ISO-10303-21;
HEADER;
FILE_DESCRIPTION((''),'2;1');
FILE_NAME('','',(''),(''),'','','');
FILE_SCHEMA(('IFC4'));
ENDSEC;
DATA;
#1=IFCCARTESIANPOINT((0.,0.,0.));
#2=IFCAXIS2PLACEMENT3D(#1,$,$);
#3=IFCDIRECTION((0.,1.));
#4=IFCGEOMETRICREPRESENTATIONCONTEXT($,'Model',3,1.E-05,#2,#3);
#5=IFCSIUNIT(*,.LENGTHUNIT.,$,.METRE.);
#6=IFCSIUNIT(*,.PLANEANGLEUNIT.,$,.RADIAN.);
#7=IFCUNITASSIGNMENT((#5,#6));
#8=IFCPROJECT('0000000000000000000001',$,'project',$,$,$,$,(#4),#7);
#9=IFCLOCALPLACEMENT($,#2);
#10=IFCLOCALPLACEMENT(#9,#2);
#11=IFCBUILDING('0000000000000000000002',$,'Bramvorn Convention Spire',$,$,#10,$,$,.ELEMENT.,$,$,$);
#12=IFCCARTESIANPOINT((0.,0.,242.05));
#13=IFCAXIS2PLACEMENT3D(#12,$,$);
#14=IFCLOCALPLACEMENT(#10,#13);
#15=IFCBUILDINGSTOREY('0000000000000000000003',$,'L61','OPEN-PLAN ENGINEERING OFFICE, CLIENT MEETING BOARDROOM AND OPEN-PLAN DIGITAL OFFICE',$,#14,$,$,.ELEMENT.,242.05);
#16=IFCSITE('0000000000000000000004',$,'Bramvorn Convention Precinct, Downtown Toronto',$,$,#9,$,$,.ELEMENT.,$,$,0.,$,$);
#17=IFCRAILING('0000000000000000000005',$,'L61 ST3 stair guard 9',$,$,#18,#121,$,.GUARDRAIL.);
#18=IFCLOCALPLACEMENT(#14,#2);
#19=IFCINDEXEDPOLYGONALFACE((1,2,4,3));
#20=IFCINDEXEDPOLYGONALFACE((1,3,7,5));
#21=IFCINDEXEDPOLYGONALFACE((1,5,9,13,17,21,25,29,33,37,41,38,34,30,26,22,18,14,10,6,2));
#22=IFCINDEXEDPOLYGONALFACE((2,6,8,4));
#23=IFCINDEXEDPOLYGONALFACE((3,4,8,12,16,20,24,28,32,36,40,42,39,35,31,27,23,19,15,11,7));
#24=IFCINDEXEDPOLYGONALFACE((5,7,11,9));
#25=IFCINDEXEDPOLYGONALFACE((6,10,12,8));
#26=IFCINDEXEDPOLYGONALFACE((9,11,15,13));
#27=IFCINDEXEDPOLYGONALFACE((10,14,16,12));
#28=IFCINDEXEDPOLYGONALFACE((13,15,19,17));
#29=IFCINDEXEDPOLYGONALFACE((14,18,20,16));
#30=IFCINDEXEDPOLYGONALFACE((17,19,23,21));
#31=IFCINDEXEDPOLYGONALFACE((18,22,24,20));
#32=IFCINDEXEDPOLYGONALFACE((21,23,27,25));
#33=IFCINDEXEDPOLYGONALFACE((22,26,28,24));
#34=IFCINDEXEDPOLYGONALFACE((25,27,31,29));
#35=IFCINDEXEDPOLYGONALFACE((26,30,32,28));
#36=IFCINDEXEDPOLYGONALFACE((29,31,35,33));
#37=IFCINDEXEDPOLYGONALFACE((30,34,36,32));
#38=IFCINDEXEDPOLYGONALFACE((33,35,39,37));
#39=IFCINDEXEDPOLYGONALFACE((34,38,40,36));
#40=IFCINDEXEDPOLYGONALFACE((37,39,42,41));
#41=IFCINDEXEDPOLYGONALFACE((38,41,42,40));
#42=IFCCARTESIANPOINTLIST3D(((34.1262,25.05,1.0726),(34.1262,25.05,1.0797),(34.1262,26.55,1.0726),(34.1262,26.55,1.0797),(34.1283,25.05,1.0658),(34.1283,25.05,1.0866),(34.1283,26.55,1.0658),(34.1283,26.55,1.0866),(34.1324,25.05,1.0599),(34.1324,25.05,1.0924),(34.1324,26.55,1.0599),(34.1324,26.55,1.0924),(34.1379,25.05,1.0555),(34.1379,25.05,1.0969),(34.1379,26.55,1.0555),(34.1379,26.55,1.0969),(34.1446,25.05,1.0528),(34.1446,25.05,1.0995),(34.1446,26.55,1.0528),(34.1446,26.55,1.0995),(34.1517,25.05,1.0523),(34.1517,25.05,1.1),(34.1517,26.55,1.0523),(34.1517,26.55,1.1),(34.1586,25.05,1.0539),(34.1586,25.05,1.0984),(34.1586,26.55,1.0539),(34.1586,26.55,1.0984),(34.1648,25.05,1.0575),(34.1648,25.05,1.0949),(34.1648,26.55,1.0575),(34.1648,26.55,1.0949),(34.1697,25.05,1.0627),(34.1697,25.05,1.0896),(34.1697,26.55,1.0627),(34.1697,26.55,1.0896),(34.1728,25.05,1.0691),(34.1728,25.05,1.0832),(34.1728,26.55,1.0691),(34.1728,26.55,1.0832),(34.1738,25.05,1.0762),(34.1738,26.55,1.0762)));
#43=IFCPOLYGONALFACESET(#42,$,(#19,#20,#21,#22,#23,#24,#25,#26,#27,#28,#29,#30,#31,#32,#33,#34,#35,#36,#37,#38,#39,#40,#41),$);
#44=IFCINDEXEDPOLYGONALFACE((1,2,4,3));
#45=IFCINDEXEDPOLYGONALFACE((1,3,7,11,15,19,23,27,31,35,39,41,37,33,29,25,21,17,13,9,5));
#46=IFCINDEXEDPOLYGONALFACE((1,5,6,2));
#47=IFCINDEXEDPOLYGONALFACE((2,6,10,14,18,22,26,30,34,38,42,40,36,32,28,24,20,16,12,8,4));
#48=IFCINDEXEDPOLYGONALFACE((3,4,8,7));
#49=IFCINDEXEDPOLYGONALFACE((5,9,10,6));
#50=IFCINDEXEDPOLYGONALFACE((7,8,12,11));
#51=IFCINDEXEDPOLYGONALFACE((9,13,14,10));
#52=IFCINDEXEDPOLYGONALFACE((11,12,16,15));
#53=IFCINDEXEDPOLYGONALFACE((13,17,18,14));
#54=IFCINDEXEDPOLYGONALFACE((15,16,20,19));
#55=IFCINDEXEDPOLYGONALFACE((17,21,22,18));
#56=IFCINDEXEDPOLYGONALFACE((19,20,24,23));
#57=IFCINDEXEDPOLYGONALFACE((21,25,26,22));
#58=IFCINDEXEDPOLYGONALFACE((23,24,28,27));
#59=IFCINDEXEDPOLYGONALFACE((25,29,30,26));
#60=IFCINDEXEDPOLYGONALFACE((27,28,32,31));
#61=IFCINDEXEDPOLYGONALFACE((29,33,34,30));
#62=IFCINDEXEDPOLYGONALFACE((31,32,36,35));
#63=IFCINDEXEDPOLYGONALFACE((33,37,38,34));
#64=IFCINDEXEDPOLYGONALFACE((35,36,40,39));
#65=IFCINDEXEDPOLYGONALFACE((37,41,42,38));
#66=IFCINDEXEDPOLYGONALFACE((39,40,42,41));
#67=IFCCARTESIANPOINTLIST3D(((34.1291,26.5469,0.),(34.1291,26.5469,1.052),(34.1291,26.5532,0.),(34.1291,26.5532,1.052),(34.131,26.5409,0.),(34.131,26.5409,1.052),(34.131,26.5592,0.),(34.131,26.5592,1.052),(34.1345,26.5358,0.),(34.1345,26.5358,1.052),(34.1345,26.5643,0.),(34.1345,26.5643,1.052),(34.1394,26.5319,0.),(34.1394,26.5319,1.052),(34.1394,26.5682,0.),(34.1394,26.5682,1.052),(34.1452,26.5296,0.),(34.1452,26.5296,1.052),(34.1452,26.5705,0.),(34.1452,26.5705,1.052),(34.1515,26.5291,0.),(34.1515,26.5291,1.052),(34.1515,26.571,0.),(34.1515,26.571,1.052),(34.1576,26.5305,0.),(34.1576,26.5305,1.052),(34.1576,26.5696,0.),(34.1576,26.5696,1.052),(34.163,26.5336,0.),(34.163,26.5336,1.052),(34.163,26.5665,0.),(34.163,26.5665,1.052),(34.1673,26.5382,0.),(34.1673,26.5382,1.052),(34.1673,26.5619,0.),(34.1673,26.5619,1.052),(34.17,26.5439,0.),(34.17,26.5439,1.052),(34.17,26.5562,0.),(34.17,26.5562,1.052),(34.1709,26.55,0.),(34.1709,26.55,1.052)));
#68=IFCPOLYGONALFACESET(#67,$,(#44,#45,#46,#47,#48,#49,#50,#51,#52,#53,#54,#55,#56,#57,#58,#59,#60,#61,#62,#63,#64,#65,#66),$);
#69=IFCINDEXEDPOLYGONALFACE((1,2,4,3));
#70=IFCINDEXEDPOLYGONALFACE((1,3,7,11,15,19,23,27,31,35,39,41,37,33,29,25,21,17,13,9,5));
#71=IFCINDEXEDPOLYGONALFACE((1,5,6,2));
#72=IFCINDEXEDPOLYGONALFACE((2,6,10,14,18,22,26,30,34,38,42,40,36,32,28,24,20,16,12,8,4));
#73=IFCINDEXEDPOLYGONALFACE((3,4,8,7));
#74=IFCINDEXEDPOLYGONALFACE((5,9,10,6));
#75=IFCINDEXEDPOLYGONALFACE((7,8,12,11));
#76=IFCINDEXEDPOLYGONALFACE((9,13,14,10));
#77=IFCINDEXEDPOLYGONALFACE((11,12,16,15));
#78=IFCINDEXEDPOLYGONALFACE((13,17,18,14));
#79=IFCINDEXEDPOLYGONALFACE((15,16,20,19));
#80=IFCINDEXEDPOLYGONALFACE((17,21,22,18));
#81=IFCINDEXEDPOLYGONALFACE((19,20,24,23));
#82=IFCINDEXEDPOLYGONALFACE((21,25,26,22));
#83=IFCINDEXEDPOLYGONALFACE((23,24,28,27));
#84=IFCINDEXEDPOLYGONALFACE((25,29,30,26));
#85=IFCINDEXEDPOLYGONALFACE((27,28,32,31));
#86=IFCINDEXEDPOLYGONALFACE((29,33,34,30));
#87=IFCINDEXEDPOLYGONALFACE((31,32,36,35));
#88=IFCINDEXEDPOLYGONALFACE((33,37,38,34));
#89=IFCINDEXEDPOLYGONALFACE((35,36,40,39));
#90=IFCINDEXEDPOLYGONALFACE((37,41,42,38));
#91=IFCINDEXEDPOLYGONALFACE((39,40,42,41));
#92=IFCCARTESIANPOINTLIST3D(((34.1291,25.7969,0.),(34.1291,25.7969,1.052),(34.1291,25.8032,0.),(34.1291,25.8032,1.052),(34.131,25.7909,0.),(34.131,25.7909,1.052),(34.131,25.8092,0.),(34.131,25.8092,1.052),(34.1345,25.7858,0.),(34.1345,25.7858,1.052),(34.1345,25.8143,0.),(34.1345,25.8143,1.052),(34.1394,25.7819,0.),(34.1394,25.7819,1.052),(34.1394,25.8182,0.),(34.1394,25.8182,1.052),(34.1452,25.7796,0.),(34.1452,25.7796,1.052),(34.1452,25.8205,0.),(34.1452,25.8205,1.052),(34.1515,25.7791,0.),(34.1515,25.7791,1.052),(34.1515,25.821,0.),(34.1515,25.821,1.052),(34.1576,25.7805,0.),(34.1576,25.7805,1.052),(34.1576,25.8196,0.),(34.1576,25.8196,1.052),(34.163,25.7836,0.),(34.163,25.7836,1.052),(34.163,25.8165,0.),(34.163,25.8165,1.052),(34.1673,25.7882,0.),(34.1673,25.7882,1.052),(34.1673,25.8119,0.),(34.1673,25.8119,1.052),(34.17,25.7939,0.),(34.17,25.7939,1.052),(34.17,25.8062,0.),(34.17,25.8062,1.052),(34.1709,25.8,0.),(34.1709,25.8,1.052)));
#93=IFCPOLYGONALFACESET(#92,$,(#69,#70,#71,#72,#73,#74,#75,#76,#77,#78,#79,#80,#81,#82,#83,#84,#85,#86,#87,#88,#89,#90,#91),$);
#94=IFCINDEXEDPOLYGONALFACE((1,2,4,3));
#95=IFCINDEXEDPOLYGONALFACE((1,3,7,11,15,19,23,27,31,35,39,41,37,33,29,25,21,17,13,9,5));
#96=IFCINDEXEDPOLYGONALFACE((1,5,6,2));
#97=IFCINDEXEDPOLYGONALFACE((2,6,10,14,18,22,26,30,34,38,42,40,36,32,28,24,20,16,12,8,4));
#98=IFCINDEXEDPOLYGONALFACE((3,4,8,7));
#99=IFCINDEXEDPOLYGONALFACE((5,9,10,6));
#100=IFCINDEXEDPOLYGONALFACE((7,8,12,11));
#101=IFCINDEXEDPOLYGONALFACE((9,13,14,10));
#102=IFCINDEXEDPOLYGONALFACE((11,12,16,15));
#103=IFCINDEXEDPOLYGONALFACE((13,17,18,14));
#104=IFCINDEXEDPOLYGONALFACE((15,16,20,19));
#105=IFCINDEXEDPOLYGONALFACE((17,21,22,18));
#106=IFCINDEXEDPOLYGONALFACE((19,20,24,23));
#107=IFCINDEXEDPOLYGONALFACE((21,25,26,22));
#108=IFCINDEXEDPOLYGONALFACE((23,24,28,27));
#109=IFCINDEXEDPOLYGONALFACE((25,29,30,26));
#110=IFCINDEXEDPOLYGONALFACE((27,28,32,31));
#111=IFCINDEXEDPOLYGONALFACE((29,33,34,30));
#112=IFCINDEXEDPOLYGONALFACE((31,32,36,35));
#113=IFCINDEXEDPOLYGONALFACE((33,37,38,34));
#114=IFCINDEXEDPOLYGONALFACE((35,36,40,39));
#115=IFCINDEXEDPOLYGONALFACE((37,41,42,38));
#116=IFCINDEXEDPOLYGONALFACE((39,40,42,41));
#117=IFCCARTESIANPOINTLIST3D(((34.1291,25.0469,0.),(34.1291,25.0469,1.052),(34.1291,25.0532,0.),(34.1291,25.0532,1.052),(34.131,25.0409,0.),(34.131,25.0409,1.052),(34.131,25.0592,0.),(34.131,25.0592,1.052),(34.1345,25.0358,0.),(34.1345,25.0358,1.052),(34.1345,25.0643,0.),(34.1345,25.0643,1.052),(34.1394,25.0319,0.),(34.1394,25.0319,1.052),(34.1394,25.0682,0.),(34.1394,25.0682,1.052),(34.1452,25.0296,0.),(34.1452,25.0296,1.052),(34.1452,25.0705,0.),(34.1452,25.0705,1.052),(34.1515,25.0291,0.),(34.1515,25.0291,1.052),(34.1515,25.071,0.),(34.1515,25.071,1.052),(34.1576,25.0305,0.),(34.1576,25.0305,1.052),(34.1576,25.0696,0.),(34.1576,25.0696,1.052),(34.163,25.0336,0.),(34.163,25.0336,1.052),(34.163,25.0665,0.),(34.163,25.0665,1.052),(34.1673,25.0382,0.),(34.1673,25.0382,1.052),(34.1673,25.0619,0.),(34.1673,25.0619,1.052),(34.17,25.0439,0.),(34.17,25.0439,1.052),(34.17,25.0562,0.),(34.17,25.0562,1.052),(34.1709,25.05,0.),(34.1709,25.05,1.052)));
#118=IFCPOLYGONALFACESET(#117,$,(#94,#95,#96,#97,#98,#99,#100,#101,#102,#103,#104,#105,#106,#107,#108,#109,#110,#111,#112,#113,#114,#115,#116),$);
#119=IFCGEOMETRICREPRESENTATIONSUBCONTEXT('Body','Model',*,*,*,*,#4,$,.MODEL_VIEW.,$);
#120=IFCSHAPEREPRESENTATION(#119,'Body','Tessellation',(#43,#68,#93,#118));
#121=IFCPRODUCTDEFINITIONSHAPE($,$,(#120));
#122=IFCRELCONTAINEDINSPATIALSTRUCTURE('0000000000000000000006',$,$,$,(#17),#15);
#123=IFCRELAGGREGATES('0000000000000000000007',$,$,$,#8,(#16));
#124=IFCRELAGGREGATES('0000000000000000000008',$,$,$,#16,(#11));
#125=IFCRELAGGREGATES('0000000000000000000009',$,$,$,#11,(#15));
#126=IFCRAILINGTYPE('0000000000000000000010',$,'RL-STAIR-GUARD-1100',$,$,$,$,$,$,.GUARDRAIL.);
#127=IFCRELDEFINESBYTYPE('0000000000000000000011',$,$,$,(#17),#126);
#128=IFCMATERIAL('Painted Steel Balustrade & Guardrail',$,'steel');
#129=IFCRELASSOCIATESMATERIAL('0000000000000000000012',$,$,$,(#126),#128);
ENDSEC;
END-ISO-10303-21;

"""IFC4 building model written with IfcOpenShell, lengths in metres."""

from ifc_helpers import new_model, si_unit, direction, frame, origin, origin_2d, place, context, subcontext, project, spatial, circle, extrude, material, type_object, element, save


model = new_model("IFC4")

# Units and contexts
model_context = context("Model", 3, precision=1e-05, world=origin(), true_north=direction((0.0, 1.0)))
body_context = subcontext(model_context, "Body", "Model", "MODEL_VIEW")
ifc_project = project(units=[si_unit("LENGTHUNIT", "METRE"), si_unit("PLANEANGLEUNIT", "RADIAN")], contexts=[model_context])

# Site, building, storey
site_placement = place(None, origin())
site = spatial("IfcSite", under=ifc_project, at=site_placement, Name="Bramvorn Convention Precinct, Downtown Toronto", CompositionType="ELEMENT", RefElevation=0.0)
building_placement = place(site_placement, origin())
building = spatial("IfcBuilding", under=site, at=building_placement, Name="Bramvorn Convention Spire", CompositionType="ELEMENT")
storey_placement = place(building_placement, frame((0.0, 0.0, 242.05)))
storey = spatial("IfcBuildingStorey", under=building, at=storey_placement, Name="L61", Description="OPEN-PLAN ENGINEERING OFFICE, CLIENT MEETING BOARDROOM AND OPEN-PLAN DIGITAL OFFICE", CompositionType="ELEMENT", Elevation=242.05)

# Railing
ifc_material_1 = material(Name="Painted Steel Balustrade & Guardrail", Category="steel")
railing_type_1 = type_object("IfcRailingType", Name="RL-STAIR-GUARD-1100", PredefinedType="GUARDRAIL", material=ifc_material_1)
railing_1_placement = place(storey_placement, frame((34.1499, 26.55, 0.0)))
element("IfcRailing", 1, at=railing_1_placement, inside=storey, type_object=railing_type_1, Name="L61 ST3 stair guard 9", PredefinedType="GUARDRAIL", context=body_context, shape_type="SweptSolid", body=[
    extrude(circle(Radius=0.0239, at=origin_2d()), frame((0.0, 0.0, 1.0762), z_axis=(0.0, -1.0, 0.0), x_axis=(1.0, 0.0, 0.0)), (0.0, 0.0, 1.0), 1.5),
    extrude(circle(Radius=0.021, at=origin_2d()), origin(), (0.0, 0.0, 1.0), 1.052),
    extrude(circle(Radius=0.021, at=origin_2d()), frame((0.0, -0.75, 0.0)), (0.0, 0.0, 1.0), 1.052),
    extrude(circle(Radius=0.021, at=origin_2d()), frame((0.0, -1.5, 0.0)), (0.0, 0.0, 1.0), 1.052),
])

save(model, "model.ifc")
